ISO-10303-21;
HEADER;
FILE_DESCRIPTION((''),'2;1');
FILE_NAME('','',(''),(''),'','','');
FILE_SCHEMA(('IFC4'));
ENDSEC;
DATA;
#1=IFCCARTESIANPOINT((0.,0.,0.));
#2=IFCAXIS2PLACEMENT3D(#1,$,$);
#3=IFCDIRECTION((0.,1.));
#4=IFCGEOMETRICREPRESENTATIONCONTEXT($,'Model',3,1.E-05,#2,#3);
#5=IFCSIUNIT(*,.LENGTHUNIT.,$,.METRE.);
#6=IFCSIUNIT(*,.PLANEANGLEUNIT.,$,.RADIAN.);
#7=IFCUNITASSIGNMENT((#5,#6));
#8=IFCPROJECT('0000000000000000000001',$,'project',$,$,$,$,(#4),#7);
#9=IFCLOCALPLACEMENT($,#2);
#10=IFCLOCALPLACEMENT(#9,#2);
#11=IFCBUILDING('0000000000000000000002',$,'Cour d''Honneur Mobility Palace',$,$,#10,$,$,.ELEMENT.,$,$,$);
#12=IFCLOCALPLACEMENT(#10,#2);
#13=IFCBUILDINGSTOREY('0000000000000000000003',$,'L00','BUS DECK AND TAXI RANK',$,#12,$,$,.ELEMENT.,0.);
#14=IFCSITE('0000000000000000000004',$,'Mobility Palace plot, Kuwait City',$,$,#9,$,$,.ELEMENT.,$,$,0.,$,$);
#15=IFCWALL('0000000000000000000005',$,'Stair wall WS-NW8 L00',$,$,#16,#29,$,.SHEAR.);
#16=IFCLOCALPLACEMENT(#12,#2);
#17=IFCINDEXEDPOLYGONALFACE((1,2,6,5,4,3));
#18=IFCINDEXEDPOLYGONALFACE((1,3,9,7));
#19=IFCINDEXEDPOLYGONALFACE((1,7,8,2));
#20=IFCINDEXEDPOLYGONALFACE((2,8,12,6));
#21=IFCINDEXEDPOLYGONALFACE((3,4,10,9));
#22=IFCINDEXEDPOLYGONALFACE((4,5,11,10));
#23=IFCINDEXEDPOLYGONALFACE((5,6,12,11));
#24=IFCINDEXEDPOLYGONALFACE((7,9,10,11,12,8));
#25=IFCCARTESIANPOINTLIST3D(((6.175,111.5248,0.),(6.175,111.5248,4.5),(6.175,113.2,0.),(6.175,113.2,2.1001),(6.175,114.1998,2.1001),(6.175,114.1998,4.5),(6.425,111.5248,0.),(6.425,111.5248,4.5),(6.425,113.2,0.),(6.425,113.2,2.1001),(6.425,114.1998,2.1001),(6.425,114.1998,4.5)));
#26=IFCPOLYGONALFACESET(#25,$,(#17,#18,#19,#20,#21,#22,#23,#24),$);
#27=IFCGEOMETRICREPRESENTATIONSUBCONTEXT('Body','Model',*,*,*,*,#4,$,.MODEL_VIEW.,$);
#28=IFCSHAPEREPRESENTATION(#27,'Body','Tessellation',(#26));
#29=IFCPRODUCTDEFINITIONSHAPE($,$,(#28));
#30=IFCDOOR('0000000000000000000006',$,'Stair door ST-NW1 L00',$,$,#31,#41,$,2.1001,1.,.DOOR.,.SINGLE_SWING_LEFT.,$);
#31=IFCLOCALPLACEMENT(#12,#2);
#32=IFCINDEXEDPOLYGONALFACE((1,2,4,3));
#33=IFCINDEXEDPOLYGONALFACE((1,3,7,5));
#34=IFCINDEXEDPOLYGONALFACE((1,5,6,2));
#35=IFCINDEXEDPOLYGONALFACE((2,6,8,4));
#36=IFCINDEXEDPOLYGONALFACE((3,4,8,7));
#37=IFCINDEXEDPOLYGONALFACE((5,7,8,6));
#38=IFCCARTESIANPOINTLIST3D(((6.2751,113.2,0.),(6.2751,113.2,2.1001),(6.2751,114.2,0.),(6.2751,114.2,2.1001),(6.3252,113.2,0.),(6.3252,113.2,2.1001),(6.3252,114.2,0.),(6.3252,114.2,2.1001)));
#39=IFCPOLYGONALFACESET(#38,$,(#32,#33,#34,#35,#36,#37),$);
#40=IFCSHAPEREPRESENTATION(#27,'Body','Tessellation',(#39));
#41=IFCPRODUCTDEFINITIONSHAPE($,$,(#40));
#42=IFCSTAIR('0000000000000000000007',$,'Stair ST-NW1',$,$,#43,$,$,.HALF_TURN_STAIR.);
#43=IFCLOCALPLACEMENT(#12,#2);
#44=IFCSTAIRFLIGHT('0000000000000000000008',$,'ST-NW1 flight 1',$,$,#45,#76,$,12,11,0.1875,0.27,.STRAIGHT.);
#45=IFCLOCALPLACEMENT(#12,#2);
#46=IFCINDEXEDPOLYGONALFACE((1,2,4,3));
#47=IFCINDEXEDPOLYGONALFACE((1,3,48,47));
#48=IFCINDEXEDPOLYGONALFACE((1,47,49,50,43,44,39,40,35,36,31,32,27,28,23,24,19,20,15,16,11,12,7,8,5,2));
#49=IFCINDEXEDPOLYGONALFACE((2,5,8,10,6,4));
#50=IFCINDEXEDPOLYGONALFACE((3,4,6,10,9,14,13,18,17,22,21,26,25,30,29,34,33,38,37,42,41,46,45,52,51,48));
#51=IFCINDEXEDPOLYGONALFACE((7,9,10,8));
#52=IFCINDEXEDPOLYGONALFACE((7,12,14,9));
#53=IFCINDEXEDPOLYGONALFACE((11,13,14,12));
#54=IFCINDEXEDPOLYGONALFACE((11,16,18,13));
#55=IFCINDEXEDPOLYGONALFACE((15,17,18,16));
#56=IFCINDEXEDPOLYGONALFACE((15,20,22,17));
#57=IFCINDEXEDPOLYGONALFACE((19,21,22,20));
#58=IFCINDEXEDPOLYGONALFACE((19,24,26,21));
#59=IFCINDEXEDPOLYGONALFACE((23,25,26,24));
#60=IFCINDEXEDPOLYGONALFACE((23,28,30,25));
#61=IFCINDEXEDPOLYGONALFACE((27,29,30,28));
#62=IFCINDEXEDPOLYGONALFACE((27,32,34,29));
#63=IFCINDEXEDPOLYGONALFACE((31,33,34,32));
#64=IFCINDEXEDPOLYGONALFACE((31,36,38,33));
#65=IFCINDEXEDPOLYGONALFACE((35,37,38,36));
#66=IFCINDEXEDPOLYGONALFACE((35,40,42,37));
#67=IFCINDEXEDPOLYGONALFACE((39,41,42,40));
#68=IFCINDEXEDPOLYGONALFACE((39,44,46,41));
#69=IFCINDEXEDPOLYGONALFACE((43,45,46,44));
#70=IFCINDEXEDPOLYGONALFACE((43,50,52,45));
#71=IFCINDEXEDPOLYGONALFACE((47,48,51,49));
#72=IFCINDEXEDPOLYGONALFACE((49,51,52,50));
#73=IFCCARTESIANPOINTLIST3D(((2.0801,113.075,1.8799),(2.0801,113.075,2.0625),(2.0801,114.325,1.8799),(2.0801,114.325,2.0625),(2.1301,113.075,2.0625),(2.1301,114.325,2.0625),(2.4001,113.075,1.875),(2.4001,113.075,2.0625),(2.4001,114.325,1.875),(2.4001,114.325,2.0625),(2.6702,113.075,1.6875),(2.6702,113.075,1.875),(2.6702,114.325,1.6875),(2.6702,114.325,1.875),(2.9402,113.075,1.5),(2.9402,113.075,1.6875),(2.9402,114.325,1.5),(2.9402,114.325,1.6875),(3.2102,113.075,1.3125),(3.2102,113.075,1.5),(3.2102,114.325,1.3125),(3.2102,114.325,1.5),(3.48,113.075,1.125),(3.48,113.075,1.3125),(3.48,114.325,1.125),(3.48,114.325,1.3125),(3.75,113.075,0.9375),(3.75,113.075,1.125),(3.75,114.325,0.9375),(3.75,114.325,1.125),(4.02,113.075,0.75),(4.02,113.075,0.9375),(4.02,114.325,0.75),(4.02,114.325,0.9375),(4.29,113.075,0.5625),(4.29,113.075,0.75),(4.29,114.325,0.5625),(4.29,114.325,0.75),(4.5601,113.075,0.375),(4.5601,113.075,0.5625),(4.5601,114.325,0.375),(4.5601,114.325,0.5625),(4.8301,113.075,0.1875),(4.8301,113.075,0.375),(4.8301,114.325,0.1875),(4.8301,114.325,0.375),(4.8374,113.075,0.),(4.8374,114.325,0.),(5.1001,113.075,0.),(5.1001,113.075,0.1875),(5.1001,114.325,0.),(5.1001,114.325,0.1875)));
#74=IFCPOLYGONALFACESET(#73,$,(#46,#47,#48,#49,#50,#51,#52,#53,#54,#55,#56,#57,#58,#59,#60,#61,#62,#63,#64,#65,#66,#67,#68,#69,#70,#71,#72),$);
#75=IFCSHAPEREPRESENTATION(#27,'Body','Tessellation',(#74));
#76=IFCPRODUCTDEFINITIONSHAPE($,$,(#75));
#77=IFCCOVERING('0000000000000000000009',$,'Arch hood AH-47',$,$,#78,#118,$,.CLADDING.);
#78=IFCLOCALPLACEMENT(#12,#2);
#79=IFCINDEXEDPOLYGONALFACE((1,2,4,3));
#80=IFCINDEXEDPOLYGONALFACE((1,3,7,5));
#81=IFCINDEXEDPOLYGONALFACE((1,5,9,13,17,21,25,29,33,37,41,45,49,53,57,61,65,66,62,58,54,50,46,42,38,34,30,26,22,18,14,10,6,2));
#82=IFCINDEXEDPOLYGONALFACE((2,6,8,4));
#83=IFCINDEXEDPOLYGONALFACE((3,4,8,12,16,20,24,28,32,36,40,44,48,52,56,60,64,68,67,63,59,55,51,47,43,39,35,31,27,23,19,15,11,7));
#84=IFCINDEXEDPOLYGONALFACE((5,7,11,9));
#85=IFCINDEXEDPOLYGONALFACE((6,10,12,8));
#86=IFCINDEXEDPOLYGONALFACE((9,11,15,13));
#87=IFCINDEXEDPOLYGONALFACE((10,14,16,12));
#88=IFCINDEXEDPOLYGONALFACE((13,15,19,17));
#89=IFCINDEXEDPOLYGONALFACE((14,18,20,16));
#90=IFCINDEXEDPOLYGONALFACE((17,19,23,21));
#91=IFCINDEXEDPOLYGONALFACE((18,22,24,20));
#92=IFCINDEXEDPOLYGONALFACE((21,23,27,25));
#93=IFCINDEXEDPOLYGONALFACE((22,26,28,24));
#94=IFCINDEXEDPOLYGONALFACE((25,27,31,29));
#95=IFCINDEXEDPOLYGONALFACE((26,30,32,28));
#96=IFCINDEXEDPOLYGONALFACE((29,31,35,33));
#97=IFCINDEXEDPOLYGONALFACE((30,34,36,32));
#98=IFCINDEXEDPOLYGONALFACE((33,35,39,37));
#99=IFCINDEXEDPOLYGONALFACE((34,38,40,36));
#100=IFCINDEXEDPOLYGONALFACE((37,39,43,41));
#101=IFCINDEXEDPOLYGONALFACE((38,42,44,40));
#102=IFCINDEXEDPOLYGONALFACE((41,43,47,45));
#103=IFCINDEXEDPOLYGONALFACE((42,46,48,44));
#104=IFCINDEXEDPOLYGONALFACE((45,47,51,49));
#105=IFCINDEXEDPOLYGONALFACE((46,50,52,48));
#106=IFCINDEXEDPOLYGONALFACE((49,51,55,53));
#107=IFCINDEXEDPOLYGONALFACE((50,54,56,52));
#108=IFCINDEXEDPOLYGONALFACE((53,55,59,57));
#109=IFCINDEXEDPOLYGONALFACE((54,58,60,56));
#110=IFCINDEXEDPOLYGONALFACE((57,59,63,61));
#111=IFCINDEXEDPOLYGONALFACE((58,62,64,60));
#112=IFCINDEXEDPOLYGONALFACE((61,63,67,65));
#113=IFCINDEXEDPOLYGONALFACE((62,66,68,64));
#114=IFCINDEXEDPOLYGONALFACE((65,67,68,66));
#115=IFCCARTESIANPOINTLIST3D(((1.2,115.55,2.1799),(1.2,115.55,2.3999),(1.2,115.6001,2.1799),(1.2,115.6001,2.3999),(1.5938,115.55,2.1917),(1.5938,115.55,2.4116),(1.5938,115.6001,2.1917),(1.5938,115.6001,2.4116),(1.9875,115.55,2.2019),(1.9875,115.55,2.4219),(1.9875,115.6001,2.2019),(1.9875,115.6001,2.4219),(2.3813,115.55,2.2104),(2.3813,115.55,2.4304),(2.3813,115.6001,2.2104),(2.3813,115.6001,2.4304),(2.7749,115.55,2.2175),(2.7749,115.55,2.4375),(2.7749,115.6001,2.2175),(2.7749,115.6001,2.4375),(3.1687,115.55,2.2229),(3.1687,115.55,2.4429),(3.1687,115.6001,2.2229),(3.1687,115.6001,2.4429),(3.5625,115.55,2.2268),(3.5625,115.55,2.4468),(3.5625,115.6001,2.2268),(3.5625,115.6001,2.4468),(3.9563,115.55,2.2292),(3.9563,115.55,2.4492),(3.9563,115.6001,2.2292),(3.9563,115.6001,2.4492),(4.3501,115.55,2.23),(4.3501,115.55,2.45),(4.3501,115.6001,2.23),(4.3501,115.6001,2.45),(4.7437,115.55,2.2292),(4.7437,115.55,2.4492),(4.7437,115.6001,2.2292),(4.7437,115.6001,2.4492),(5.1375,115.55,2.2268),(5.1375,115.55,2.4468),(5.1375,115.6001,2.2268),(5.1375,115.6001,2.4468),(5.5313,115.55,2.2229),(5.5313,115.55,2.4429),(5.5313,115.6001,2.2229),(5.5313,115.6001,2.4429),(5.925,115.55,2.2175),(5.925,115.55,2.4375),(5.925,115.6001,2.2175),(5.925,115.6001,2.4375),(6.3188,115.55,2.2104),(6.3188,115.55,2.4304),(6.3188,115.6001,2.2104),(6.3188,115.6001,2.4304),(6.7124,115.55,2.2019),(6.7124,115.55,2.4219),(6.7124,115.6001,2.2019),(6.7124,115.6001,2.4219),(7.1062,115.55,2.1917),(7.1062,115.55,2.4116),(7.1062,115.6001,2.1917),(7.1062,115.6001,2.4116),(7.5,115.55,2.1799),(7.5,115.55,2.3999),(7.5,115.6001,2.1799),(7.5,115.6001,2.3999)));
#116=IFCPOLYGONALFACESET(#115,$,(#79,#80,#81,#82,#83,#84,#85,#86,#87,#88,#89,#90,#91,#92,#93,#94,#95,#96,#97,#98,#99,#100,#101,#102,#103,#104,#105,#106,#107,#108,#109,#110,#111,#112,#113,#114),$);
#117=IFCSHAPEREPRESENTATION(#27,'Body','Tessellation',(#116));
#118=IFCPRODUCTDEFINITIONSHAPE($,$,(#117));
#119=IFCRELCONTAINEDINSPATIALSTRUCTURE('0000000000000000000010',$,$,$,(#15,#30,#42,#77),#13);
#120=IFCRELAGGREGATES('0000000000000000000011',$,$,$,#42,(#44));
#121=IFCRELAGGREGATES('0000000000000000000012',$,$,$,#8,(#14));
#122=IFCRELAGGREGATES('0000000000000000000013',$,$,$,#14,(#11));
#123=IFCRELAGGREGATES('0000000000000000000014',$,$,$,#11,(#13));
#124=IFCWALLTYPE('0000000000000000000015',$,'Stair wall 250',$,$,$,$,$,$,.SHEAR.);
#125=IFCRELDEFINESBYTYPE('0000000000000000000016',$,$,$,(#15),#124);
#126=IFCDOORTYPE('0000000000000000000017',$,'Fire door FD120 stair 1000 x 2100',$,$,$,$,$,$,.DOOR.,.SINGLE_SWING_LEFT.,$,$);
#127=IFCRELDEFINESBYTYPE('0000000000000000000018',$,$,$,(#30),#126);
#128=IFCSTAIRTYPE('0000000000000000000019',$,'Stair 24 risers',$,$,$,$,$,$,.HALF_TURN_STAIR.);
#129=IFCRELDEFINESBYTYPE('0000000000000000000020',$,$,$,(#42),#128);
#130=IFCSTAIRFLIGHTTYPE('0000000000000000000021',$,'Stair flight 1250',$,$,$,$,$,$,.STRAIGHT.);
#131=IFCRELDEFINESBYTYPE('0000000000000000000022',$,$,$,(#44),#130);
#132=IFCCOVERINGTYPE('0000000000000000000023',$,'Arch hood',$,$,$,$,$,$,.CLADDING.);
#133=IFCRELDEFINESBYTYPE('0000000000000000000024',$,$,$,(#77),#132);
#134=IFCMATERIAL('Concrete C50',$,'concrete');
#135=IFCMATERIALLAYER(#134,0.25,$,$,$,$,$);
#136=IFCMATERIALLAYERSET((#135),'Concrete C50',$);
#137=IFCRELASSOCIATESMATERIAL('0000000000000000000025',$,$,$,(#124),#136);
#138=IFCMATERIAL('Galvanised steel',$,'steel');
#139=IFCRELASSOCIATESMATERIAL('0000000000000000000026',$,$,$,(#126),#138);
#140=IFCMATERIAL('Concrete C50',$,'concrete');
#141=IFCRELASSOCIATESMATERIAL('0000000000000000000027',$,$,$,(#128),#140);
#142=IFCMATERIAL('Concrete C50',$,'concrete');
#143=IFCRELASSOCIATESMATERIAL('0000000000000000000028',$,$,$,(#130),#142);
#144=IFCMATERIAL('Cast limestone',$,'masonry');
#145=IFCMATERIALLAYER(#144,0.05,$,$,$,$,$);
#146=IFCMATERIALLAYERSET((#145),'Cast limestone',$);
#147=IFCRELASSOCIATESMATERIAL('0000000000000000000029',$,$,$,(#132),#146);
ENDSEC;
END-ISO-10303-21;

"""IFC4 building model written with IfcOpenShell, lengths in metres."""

from ifc_helpers import new_model, si_unit, direction, frame, frame_2d, origin, place, context, subcontext, project, spatial, polyline, rectangle, outline, extrude, material, layer, layer_set, type_object, element, fill, aggregate, save


model = new_model("IFC4")

# Units and contexts
model_context = context("Model", 3, precision=1e-05, world=origin(), true_north=direction((0.0, 1.0)))
body_context = subcontext(model_context, "Body", "Model", "MODEL_VIEW")
ifc_project = project(units=[si_unit("LENGTHUNIT", "METRE"), si_unit("PLANEANGLEUNIT", "RADIAN")], contexts=[model_context])

# Site, building, storey
site_placement = place(None, origin())
site = spatial("IfcSite", under=ifc_project, at=site_placement, Name="Mobility Palace plot, Kuwait City", CompositionType="ELEMENT", RefElevation=0.0)
building_placement = place(site_placement, origin())
building = spatial("IfcBuilding", under=site, at=building_placement, Name="Cour d'Honneur Mobility Palace", CompositionType="ELEMENT")
storey_placement = place(building_placement, origin())
storey = spatial("IfcBuildingStorey", under=building, at=storey_placement, Name="L00", Description="BUS DECK AND TAXI RANK", CompositionType="ELEMENT", Elevation=0.0)

# Wall, opening, door
ifc_material_1 = material(Name="Concrete C50", Category="concrete")
ifc_layer_1 = layer(ifc_material_1, 0.25)
ifc_layer_set_1 = layer_set([ifc_layer_1], Name="Concrete C50")
wall_type_1 = type_object("IfcWallType", Name="Stair wall 250", PredefinedType="SHEAR", material=ifc_layer_set_1)
wall_1_placement = place(storey_placement, frame((6.3, 111.5249, 0.0), z_axis=(0.0, 0.0, 1.0), x_axis=(0.0, 1.0, 0.0)))
wall_1 = element("IfcWall", 1, at=wall_1_placement, inside=storey, type_object=wall_type_1, Name="Stair wall WS-NW8 L00", PredefinedType="SHEAR", context=body_context, shape_type="SweptSolid", body=[
    extrude(rectangle(XDim=2.675, YDim=0.25, at=frame_2d((1.3374, 0.0))), origin(), (0.0, 0.0, 1.0), 4.5),
])
opening_1_placement = place(wall_1_placement, frame((1.675, 0.0, 0.0)))
opening_1 = element("IfcOpeningElement", 2, at=opening_1_placement, cuts=wall_1, PredefinedType="OPENING", context=body_context, shape_type="SweptSolid", body=[
    extrude(rectangle(XDim=1.0, YDim=2.1001, at=frame_2d((0.5, 1.05))), frame((0.0, 0.135, 0.0), z_axis=(0.0, -1.0, 0.0), x_axis=(1.0, 0.0, 0.0)), (0.0, 0.0, 1.0), 0.27),
])
ifc_material_2 = material(Name="Galvanised steel", Category="steel")
door_type_1 = type_object("IfcDoorType", Name="Fire door FD120 stair 1000 x 2100", OperationType="SINGLE_SWING_LEFT", PredefinedType="DOOR", material=ifc_material_2)
door_1_placement = place(opening_1_placement, origin())
door_1 = element("IfcDoor", 3, at=door_1_placement, inside=storey, type_object=door_type_1, Name="Stair door ST-NW1 L00", OperationType="SINGLE_SWING_LEFT", OverallHeight=2.1001, OverallWidth=1.0, PredefinedType="DOOR", context=body_context, shape_type="SweptSolid", body=[
    extrude(rectangle(XDim=1.0, YDim=2.1001, at=frame_2d((0.5, 1.05))), frame((0.0, 0.0249, 0.0), z_axis=(0.0, -1.0, 0.0), x_axis=(1.0, 0.0, 0.0)), (0.0, 0.0, 1.0), 0.05),
])
fill(opening_1, door_1)

# Stair, stair flight
ifc_material_3 = material(Name="Concrete C50", Category="concrete")
stair_type = type_object("IfcStairType", Name="Stair 24 risers", PredefinedType="HALF_TURN_STAIR", material=ifc_material_3)
stair_placement = place(storey_placement, origin())
stair = element("IfcStair", 4, at=stair_placement, inside=storey, type_object=stair_type, Name="Stair ST-NW1", PredefinedType="HALF_TURN_STAIR")
ifc_material_4 = material(Name="Concrete C50", Category="concrete")
stair_flight_type = type_object("IfcStairFlightType", Name="Stair flight 1250", PredefinedType="STRAIGHT", material=ifc_material_4)
stair_flight_placement = place(storey_placement, frame((5.1001, 113.7, 0.0), z_axis=(0.0, 0.0, 1.0), x_axis=(-1.0, 0.0, 0.0)))
stair_flight = element("IfcStairFlight", 5, at=stair_flight_placement, type_object=stair_flight_type, Name="ST-NW1 flight 1", NumberOfRisers=12, NumberOfTreads=11, PredefinedType="STRAIGHT", RiserHeight=0.1875, TreadLength=0.27, context=body_context, shape_type="SweptSolid", body=[
    extrude(outline(polyline([(0.0, 0.0), (0.0, 0.1875), (0.27, 0.1875), (0.27, 0.375), (0.54, 0.375), (0.54, 0.5625), (0.8101, 0.5625), (0.8101, 0.75), (1.0801, 0.75), (1.0801, 0.9375), (1.3501, 0.9375), (1.3501, 1.125), (1.6201, 1.125), (1.6201, 1.3125), (1.8899, 1.3125), (1.8899, 1.5), (2.1599, 1.5), (2.1599, 1.6875), (2.4299, 1.6875), (2.4299, 1.875), (2.7, 1.875), (2.7, 2.0625), (2.97, 2.0625), (3.02, 2.0625), (3.02, 1.8799), (0.2627, 0.0), (0.0, 0.0)])), frame((0.0, 0.625, 0.0), z_axis=(0.0, -1.0, 0.0), x_axis=(1.0, 0.0, 0.0)), (0.0, 0.0, 1.0), 1.25),
])
aggregate(stair, [stair_flight])

# Covering
ifc_material_5 = material(Name="Cast limestone", Category="masonry")
ifc_layer_2 = layer(ifc_material_5, 0.05)
ifc_layer_set_2 = layer_set([ifc_layer_2], Name="Cast limestone")
covering_type_1 = type_object("IfcCoveringType", Name="Arch hood", PredefinedType="CLADDING", material=ifc_layer_set_2)
covering_1_placement = place(storey_placement, frame((7.5, 115.6001, 2.1799), z_axis=(0.0, 1.0, 0.0), x_axis=(-0.999558, 0.0, 0.029745)))
element("IfcCovering", 6, at=covering_1_placement, inside=storey, type_object=covering_type_1, Name="Arch hood AH-47", PredefinedType="CLADDING", context=body_context, shape_type="SweptSolid", body=[
    extrude(outline(polyline([(0.0, 0.0), (0.394, 0.0), (0.7879, -0.0015), (1.1815, -0.0046), (1.5754, -0.0093), (1.9692, -0.0156), (2.3629, -0.0234), (2.7566, -0.0327), (3.15, -0.0437), (3.5436, -0.0561), (3.9372, -0.0703), (4.3307, -0.0859), (4.7241, -0.103), (5.1173, -0.1218), (5.5107, -0.142), (5.904, -0.164), (6.2973, -0.1874), (6.3038, 0.0325), (5.9105, 0.0559), (5.5172, 0.0779), (5.1238, 0.0981), (4.7307, 0.1169), (4.3372, 0.134), (3.9437, 0.1496), (3.5501, 0.1638), (3.1565, 0.1762), (2.7631, 0.1872), (2.3694, 0.1965), (1.9757, 0.2043), (1.5819, 0.2106), (1.1881, 0.2152), (0.7944, 0.2184), (0.4005, 0.2199), (0.0065, 0.2199), (0.0, 0.0)])), origin(), (0.0, 0.0, -1.0), 0.05),
])

save(model, "model.ifc")
